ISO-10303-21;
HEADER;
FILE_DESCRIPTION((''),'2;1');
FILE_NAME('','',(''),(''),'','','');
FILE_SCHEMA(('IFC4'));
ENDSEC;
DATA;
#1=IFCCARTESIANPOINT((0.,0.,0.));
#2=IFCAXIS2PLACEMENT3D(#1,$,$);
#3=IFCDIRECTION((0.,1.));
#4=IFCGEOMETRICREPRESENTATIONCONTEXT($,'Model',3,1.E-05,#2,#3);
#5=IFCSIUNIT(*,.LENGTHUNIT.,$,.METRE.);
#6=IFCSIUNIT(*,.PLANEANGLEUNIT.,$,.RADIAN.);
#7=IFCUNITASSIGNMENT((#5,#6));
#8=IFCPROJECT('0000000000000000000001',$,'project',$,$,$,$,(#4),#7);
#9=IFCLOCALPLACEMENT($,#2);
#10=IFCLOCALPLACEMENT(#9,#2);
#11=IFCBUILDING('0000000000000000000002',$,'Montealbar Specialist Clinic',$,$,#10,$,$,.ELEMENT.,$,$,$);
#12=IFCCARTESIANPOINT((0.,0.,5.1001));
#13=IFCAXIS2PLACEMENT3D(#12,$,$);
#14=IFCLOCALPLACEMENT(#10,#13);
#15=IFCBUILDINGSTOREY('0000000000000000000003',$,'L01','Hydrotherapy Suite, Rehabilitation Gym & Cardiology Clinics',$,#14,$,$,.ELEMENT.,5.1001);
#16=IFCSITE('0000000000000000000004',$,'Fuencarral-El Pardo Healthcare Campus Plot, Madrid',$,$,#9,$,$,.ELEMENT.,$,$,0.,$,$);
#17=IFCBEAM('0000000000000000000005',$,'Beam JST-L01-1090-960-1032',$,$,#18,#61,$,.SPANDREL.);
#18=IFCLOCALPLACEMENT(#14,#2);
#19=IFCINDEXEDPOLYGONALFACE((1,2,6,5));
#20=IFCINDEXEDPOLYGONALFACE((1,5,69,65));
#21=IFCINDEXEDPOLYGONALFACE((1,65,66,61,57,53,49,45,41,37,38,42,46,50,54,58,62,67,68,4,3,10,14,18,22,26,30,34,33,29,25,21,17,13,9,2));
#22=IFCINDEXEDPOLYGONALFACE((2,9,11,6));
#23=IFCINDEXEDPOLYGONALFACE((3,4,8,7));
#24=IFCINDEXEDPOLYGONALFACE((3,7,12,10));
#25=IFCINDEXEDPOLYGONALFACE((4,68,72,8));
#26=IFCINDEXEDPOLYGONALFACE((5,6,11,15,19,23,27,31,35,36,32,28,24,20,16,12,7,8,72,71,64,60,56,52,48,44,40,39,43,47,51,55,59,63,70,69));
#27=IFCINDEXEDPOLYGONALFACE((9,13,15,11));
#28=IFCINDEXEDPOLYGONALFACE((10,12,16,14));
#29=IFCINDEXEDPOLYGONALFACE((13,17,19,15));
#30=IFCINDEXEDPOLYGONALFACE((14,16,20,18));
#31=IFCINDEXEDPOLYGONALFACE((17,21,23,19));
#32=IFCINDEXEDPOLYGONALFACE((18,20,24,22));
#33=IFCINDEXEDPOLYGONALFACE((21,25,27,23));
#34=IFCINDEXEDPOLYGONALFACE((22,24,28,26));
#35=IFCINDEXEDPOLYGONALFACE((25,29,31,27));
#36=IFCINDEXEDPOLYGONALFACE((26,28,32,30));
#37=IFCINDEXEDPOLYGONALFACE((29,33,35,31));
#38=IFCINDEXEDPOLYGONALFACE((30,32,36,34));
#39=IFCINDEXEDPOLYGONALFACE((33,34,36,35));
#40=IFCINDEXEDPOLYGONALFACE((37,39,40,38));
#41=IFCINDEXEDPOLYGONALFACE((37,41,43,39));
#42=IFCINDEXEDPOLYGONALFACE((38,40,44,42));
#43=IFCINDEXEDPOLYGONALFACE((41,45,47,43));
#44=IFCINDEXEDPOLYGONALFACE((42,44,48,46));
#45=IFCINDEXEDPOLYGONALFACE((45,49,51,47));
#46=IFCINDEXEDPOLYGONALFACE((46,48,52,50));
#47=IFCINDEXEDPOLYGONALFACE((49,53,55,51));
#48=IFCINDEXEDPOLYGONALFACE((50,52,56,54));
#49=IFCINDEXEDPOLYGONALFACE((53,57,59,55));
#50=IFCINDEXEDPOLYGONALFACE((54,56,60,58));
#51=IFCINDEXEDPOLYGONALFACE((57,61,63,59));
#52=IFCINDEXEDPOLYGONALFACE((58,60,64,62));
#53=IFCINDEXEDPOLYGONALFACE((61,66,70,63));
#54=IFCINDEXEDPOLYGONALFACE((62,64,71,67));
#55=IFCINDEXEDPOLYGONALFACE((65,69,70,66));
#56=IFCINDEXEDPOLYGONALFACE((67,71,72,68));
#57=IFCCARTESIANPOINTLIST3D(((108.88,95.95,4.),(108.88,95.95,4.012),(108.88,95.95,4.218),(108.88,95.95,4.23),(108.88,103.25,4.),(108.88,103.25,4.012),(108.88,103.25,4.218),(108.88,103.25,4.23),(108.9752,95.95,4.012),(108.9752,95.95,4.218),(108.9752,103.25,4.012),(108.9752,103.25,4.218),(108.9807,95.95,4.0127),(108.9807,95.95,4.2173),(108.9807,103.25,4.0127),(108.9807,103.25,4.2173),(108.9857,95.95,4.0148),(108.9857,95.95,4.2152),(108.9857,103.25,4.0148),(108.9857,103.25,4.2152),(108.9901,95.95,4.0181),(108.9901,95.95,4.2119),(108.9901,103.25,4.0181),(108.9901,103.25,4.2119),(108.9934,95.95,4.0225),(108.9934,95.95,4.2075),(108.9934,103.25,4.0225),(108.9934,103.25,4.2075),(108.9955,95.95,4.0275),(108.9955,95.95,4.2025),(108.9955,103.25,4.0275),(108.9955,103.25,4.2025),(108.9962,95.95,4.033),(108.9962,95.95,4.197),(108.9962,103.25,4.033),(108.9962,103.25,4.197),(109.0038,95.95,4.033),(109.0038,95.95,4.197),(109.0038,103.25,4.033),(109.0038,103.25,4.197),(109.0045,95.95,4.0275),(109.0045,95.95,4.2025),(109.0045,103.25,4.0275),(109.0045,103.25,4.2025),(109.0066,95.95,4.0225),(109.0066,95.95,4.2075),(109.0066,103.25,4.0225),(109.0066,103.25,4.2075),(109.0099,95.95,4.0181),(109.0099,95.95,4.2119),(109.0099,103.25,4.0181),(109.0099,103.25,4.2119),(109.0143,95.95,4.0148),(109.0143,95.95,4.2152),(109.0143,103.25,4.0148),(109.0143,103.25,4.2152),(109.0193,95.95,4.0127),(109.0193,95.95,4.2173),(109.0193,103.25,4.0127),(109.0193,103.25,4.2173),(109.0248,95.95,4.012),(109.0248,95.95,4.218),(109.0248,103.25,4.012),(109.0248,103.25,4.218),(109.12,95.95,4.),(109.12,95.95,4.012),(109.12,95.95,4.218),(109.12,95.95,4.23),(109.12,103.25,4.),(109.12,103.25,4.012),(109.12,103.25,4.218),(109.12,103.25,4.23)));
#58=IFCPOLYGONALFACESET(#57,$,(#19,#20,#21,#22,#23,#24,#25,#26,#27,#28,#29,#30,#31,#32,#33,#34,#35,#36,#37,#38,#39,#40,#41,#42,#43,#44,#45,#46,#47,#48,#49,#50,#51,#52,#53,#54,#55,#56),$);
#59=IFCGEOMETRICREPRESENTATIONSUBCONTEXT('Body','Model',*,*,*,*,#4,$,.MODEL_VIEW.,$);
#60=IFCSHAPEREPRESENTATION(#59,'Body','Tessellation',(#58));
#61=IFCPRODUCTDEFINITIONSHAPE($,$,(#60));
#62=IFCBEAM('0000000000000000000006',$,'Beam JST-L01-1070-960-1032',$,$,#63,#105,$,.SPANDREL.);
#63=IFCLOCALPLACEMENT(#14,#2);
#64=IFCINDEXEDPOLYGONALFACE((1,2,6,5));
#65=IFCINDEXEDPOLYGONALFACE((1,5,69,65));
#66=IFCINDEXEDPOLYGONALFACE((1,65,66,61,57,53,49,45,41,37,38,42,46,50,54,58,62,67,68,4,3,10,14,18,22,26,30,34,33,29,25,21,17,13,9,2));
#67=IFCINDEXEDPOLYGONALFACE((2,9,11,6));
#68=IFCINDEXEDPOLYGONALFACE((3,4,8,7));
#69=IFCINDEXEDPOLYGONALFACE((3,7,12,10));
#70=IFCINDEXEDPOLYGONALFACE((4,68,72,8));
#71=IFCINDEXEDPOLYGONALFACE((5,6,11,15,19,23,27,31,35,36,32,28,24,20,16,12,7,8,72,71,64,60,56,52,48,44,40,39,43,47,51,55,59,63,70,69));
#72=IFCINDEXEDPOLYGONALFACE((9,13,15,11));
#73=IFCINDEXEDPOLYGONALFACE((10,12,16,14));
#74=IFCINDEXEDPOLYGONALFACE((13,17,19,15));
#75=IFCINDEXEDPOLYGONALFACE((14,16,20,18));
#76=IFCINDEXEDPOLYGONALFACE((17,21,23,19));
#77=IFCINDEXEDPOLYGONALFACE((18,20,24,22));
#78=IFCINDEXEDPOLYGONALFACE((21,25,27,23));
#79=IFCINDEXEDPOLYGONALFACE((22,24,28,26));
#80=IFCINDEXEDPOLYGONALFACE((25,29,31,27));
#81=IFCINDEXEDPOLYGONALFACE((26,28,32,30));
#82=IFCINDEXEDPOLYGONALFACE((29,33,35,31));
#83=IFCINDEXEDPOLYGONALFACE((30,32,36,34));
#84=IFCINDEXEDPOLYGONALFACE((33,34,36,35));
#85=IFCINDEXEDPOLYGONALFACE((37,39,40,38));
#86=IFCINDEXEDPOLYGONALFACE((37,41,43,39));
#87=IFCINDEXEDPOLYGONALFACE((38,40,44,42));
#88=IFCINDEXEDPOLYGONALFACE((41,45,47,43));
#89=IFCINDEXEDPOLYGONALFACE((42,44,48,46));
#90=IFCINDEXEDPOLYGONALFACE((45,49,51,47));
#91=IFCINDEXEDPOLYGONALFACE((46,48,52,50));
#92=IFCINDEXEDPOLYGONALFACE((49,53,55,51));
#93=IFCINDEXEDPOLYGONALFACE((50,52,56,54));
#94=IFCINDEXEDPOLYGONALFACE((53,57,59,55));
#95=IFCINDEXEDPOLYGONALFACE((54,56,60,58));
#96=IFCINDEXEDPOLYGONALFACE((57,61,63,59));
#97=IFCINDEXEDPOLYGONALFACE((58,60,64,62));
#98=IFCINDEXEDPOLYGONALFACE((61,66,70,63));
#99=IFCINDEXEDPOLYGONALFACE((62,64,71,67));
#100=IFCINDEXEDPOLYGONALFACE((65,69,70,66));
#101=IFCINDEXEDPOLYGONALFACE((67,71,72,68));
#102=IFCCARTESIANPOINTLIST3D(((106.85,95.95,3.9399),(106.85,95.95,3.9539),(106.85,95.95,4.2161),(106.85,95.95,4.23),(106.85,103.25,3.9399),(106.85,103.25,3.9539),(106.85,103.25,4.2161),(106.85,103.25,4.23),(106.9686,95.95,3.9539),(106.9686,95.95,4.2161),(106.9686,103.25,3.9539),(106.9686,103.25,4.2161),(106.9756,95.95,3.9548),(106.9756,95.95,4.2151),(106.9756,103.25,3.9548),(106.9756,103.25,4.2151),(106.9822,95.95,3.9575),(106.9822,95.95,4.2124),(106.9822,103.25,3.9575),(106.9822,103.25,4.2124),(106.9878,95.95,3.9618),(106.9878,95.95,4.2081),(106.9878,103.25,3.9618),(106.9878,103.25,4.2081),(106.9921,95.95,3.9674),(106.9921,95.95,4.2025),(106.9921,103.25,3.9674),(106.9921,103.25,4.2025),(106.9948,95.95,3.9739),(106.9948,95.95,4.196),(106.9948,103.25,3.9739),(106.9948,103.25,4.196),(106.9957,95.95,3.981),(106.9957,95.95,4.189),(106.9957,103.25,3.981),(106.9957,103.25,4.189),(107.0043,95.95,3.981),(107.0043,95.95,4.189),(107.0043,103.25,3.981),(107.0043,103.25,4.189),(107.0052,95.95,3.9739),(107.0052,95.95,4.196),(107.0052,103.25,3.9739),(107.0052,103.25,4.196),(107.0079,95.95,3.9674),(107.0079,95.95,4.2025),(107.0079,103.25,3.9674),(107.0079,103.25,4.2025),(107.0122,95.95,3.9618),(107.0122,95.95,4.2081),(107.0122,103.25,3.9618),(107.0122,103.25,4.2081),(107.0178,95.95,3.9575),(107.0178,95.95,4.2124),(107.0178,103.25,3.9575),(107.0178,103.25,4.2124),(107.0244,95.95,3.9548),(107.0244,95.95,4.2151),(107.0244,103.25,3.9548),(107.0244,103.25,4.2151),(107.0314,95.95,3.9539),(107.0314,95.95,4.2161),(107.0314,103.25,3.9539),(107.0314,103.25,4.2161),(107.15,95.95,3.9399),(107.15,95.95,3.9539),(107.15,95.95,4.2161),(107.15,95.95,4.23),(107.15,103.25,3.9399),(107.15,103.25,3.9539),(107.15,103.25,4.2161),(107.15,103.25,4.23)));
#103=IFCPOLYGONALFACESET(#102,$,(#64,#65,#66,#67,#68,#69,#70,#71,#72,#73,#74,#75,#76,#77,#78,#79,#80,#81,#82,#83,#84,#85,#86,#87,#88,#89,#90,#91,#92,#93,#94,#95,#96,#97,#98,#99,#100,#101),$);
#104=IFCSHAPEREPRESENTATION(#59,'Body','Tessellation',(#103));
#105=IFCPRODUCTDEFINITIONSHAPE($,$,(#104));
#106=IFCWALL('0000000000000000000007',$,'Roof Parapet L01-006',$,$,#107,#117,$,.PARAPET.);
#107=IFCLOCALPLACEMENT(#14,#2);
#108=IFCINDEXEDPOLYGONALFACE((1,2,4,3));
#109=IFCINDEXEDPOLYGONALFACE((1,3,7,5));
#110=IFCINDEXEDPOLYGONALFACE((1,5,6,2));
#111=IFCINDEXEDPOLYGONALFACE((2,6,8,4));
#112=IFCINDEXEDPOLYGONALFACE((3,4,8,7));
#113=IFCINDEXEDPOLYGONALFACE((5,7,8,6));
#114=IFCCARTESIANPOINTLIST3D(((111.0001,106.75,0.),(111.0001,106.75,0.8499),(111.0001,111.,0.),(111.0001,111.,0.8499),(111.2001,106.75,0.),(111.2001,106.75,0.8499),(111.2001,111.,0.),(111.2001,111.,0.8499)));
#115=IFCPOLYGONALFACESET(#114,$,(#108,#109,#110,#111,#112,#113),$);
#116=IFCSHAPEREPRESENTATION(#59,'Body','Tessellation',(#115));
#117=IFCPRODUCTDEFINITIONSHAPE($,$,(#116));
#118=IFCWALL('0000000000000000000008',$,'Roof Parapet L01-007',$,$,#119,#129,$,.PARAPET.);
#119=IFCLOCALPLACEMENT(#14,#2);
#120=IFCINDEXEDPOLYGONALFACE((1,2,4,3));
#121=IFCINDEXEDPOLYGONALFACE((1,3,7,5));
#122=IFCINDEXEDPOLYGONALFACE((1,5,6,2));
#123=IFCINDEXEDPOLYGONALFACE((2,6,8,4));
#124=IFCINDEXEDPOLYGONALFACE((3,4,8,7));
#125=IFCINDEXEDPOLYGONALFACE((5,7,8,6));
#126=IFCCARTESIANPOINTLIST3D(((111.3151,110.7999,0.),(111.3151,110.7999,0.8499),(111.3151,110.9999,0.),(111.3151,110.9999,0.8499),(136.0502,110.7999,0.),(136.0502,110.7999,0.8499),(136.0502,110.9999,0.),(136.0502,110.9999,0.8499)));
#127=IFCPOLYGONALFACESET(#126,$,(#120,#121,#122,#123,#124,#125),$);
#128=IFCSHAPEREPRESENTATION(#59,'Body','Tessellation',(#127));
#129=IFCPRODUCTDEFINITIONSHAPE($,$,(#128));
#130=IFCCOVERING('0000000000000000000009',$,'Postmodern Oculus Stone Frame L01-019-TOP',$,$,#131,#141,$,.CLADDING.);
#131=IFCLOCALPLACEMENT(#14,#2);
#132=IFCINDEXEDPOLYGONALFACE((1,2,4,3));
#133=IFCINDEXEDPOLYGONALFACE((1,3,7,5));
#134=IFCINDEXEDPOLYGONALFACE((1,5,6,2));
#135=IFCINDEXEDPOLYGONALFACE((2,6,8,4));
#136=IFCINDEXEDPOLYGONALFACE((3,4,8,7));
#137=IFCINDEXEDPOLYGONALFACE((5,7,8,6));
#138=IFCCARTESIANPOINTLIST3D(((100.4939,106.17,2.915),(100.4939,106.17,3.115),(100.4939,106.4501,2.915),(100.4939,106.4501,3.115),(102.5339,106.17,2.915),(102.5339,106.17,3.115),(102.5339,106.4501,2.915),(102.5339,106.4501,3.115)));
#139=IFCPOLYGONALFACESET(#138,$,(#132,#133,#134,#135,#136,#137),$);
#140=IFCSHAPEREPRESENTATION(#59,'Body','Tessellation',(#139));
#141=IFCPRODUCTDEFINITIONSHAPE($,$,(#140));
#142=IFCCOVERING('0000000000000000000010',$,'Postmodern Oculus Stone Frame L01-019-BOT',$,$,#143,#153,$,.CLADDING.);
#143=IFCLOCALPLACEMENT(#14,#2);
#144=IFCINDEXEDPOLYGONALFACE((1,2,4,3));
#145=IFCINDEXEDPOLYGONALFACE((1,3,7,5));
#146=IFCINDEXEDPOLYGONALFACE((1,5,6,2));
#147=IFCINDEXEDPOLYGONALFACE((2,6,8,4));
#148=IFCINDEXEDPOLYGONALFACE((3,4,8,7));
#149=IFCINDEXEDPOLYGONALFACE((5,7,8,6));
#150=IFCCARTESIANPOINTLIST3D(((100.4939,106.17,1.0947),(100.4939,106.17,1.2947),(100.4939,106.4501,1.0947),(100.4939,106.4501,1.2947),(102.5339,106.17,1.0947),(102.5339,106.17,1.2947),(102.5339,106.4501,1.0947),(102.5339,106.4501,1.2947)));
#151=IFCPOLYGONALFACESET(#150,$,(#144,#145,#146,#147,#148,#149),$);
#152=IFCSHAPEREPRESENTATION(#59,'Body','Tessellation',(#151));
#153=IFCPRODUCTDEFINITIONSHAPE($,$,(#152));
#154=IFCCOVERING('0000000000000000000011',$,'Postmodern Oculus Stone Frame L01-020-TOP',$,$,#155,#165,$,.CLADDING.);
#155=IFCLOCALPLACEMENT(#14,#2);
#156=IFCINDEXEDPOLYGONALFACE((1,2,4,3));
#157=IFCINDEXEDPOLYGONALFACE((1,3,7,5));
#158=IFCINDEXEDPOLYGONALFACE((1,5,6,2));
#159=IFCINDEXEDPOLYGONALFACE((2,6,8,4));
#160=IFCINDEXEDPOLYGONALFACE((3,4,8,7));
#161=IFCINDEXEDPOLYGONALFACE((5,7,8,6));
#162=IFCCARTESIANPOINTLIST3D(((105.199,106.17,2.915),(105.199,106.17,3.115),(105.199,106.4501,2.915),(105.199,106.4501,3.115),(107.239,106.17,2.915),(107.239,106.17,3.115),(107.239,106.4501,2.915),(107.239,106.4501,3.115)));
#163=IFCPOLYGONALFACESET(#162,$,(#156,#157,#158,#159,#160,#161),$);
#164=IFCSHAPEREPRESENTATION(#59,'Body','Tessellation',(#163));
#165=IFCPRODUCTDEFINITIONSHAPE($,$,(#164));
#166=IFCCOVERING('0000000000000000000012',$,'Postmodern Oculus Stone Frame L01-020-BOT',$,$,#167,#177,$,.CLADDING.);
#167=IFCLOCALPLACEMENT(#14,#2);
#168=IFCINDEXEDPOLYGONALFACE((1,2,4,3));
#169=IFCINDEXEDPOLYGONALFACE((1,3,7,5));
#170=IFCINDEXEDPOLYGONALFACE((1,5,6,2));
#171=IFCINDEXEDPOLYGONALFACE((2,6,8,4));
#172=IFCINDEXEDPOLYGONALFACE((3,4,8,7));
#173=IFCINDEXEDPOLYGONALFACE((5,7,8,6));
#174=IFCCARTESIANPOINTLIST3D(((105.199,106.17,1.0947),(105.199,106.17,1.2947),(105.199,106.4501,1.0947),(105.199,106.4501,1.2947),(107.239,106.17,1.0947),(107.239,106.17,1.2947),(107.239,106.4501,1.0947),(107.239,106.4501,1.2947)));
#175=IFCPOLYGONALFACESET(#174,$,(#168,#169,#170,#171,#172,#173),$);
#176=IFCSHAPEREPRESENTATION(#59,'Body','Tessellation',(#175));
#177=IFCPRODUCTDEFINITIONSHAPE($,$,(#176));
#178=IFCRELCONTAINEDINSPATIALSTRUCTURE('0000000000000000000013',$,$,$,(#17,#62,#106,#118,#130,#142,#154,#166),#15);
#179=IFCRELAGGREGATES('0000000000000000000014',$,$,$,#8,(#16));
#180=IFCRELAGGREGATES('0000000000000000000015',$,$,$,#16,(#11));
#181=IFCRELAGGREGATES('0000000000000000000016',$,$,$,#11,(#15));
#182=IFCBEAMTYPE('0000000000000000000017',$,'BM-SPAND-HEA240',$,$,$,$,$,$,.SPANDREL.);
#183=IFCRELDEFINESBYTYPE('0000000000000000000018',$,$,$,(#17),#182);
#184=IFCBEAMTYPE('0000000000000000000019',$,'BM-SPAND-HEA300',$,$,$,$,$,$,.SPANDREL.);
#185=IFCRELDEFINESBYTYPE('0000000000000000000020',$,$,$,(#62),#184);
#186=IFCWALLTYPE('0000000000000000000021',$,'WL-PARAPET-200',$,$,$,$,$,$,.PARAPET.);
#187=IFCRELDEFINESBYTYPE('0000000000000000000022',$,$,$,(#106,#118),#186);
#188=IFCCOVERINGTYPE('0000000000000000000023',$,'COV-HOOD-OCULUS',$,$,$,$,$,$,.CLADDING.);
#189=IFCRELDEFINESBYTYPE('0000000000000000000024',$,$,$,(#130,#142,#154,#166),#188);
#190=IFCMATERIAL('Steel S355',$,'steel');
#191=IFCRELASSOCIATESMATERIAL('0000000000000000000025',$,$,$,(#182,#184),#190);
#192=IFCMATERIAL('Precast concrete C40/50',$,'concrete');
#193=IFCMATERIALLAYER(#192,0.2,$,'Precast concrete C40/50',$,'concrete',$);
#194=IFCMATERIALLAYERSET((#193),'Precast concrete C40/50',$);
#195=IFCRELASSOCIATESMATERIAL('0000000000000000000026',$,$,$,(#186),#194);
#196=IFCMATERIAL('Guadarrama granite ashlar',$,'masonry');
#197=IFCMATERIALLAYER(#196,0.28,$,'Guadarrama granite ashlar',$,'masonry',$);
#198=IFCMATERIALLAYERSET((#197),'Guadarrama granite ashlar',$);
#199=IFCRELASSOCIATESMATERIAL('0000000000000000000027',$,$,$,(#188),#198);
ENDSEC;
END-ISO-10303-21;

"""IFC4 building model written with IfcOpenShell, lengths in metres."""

from ifc_helpers import new_model, si_unit, direction, frame, frame_2d, origin, origin_2d, place, context, subcontext, project, spatial, rectangle, i_section, extrude, material, layer, layer_set, material_profile, profile_set, type_object, element, save


model = new_model("IFC4")

# Units and contexts
model_context = context("Model", 3, precision=1e-05, world=origin(), true_north=direction((0.0, 1.0)))
body_context = subcontext(model_context, "Body", "Model", "MODEL_VIEW")
ifc_project = project(units=[si_unit("LENGTHUNIT", "METRE"), si_unit("PLANEANGLEUNIT", "RADIAN")], contexts=[model_context])

# Site, building, storey
site_placement = place(None, origin())
site = spatial("IfcSite", under=ifc_project, at=site_placement, Name="Fuencarral-El Pardo Healthcare Campus Plot, Madrid", CompositionType="ELEMENT", RefElevation=0.0)
building_placement = place(site_placement, origin())
building = spatial("IfcBuilding", under=site, at=building_placement, Name="Montealbar Specialist Clinic", CompositionType="ELEMENT")
storey_placement = place(building_placement, frame((0.0, 0.0, 5.1001)))
storey = spatial("IfcBuildingStorey", under=building, at=storey_placement, Name="L01", Description="Hydrotherapy Suite, Rehabilitation Gym & Cardiology Clinics", CompositionType="ELEMENT", Elevation=5.1001)

# Shared definitions
ifc_material_1 = material(Name="Steel S355", Category="steel")
ifc_material_2 = material(Name="Guadarrama granite ashlar", Category="masonry")

# Beams
ifc_material_3 = material(Name="Precast concrete C40/50", Category="concrete")
ifc_material_profile_1 = material_profile(ifc_material_1, i_section(OverallWidth=0.24, OverallDepth=0.23, WebThickness=0.0076, FlangeThickness=0.012, FilletRadius=0.021, at=origin_2d()), Name="HEA 240", Category="steel")
ifc_profile_set_1 = profile_set([ifc_material_profile_1], Name="Steel S355")
beam_type_1 = type_object("IfcBeamType", Name="BM-SPAND-HEA240", PredefinedType="SPANDREL", material=ifc_profile_set_1)
beam_1_placement = place(storey_placement, frame((109.0, 95.95, 4.115), z_axis=(0.0, 1.0, 0.0), x_axis=(-1.0, 0.0, 0.0)))
element("IfcBeam", 1, at=beam_1_placement, inside=storey, type_object=beam_type_1, Name="Beam JST-L01-1090-960-1032", PredefinedType="SPANDREL", context=body_context, shape_type="SweptSolid", body=[
    extrude(i_section(OverallWidth=0.24, OverallDepth=0.23, WebThickness=0.0076, FlangeThickness=0.012, FilletRadius=0.021, at=origin_2d()), origin(), (0.0, 0.0, 1.0), 7.3),
])
ifc_material_profile_2 = material_profile(ifc_material_1, i_section(OverallWidth=0.3, OverallDepth=0.29, WebThickness=0.0085, FlangeThickness=0.0139, FilletRadius=0.0271, at=origin_2d()), Name="HEA 300", Category="steel")
ifc_profile_set_2 = profile_set([ifc_material_profile_2], Name="Steel S355")
beam_type_2 = type_object("IfcBeamType", Name="BM-SPAND-HEA300", PredefinedType="SPANDREL", material=ifc_profile_set_2)
beam_2_placement = place(storey_placement, frame((107.0, 95.95, 4.085), z_axis=(0.0, 1.0, 0.0), x_axis=(-1.0, 0.0, 0.0)))
element("IfcBeam", 2, at=beam_2_placement, inside=storey, type_object=beam_type_2, Name="Beam JST-L01-1070-960-1032", PredefinedType="SPANDREL", context=body_context, shape_type="SweptSolid", body=[
    extrude(i_section(OverallWidth=0.3, OverallDepth=0.29, WebThickness=0.0085, FlangeThickness=0.0139, FilletRadius=0.0271, at=origin_2d()), origin(), (0.0, 0.0, 1.0), 7.3),
])

# Walls
ifc_layer_1 = layer(ifc_material_3, 0.2, Name="Precast concrete C40/50", Category="concrete")
ifc_layer_set_1 = layer_set([ifc_layer_1], Name="Precast concrete C40/50")
wall_type = type_object("IfcWallType", Name="WL-PARAPET-200", PredefinedType="PARAPET", material=ifc_layer_set_1)
wall_1_placement = place(storey_placement, frame((111.1001, 106.75, 0.0), z_axis=(0.0, 0.0, 1.0), x_axis=(0.0, 1.0, 0.0)))
element("IfcWall", 3, at=wall_1_placement, inside=storey, type_object=wall_type, Name="Roof Parapet L01-006", PredefinedType="PARAPET", context=body_context, shape_type="SweptSolid", body=[
    extrude(rectangle(XDim=4.25, YDim=0.2, at=frame_2d((2.125, 0.0))), origin(), (0.0, 0.0, 1.0), 0.8499),
])
wall_2_placement = place(storey_placement, frame((111.3149, 110.8999, 0.0), z_axis=(0.0, 0.0, 1.0), x_axis=(1.0, 0.0, 0.0)))
element("IfcWall", 4, at=wall_2_placement, inside=storey, type_object=wall_type, Name="Roof Parapet L01-007", PredefinedType="PARAPET", context=body_context, shape_type="SweptSolid", body=[
    extrude(rectangle(XDim=24.7351, YDim=0.2, at=frame_2d((12.3677, 0.0))), origin(), (0.0, 0.0, 1.0), 0.8499),
])

# Coverings
ifc_layer_2 = layer(ifc_material_2, 0.28, Name="Guadarrama granite ashlar", Category="masonry")
ifc_layer_set_2 = layer_set([ifc_layer_2], Name="Guadarrama granite ashlar")
covering_type = type_object("IfcCoveringType", Name="COV-HOOD-OCULUS", PredefinedType="CLADDING", material=ifc_layer_set_2)
for number, where, z_axis, x_axis, name in (
    (5, (101.5139, 106.3101, 2.915), (0.0, 0.0, 1.0), (1.0, 0.0, 0.0), "Postmodern Oculus Stone Frame L01-019-TOP"),
    (6, (101.5139, 106.3101, 1.0947), (0.0, 0.0, 1.0), (1.0, 0.0, 0.0), "Postmodern Oculus Stone Frame L01-019-BOT"),
    (7, (106.219, 106.3101, 2.915), (0.0, 0.0, 1.0), (1.0, 0.0, 0.0), "Postmodern Oculus Stone Frame L01-020-TOP"),
    (8, (106.219, 106.3101, 1.0947), (0.0, 0.0, 1.0), (1.0, 0.0, 0.0), "Postmodern Oculus Stone Frame L01-020-BOT"),
):
    element("IfcCovering", number, at=place(storey_placement, frame(where, z_axis=z_axis, x_axis=x_axis)), inside=storey, type_object=covering_type, Name=name, PredefinedType="CLADDING", context=body_context, shape_type="SweptSolid", body=[
        extrude(rectangle(XDim=2.04, YDim=0.28, at=origin_2d()), origin(), (0.0, 0.0, 1.0), 0.2),
    ])

save(model, "model.ifc")
